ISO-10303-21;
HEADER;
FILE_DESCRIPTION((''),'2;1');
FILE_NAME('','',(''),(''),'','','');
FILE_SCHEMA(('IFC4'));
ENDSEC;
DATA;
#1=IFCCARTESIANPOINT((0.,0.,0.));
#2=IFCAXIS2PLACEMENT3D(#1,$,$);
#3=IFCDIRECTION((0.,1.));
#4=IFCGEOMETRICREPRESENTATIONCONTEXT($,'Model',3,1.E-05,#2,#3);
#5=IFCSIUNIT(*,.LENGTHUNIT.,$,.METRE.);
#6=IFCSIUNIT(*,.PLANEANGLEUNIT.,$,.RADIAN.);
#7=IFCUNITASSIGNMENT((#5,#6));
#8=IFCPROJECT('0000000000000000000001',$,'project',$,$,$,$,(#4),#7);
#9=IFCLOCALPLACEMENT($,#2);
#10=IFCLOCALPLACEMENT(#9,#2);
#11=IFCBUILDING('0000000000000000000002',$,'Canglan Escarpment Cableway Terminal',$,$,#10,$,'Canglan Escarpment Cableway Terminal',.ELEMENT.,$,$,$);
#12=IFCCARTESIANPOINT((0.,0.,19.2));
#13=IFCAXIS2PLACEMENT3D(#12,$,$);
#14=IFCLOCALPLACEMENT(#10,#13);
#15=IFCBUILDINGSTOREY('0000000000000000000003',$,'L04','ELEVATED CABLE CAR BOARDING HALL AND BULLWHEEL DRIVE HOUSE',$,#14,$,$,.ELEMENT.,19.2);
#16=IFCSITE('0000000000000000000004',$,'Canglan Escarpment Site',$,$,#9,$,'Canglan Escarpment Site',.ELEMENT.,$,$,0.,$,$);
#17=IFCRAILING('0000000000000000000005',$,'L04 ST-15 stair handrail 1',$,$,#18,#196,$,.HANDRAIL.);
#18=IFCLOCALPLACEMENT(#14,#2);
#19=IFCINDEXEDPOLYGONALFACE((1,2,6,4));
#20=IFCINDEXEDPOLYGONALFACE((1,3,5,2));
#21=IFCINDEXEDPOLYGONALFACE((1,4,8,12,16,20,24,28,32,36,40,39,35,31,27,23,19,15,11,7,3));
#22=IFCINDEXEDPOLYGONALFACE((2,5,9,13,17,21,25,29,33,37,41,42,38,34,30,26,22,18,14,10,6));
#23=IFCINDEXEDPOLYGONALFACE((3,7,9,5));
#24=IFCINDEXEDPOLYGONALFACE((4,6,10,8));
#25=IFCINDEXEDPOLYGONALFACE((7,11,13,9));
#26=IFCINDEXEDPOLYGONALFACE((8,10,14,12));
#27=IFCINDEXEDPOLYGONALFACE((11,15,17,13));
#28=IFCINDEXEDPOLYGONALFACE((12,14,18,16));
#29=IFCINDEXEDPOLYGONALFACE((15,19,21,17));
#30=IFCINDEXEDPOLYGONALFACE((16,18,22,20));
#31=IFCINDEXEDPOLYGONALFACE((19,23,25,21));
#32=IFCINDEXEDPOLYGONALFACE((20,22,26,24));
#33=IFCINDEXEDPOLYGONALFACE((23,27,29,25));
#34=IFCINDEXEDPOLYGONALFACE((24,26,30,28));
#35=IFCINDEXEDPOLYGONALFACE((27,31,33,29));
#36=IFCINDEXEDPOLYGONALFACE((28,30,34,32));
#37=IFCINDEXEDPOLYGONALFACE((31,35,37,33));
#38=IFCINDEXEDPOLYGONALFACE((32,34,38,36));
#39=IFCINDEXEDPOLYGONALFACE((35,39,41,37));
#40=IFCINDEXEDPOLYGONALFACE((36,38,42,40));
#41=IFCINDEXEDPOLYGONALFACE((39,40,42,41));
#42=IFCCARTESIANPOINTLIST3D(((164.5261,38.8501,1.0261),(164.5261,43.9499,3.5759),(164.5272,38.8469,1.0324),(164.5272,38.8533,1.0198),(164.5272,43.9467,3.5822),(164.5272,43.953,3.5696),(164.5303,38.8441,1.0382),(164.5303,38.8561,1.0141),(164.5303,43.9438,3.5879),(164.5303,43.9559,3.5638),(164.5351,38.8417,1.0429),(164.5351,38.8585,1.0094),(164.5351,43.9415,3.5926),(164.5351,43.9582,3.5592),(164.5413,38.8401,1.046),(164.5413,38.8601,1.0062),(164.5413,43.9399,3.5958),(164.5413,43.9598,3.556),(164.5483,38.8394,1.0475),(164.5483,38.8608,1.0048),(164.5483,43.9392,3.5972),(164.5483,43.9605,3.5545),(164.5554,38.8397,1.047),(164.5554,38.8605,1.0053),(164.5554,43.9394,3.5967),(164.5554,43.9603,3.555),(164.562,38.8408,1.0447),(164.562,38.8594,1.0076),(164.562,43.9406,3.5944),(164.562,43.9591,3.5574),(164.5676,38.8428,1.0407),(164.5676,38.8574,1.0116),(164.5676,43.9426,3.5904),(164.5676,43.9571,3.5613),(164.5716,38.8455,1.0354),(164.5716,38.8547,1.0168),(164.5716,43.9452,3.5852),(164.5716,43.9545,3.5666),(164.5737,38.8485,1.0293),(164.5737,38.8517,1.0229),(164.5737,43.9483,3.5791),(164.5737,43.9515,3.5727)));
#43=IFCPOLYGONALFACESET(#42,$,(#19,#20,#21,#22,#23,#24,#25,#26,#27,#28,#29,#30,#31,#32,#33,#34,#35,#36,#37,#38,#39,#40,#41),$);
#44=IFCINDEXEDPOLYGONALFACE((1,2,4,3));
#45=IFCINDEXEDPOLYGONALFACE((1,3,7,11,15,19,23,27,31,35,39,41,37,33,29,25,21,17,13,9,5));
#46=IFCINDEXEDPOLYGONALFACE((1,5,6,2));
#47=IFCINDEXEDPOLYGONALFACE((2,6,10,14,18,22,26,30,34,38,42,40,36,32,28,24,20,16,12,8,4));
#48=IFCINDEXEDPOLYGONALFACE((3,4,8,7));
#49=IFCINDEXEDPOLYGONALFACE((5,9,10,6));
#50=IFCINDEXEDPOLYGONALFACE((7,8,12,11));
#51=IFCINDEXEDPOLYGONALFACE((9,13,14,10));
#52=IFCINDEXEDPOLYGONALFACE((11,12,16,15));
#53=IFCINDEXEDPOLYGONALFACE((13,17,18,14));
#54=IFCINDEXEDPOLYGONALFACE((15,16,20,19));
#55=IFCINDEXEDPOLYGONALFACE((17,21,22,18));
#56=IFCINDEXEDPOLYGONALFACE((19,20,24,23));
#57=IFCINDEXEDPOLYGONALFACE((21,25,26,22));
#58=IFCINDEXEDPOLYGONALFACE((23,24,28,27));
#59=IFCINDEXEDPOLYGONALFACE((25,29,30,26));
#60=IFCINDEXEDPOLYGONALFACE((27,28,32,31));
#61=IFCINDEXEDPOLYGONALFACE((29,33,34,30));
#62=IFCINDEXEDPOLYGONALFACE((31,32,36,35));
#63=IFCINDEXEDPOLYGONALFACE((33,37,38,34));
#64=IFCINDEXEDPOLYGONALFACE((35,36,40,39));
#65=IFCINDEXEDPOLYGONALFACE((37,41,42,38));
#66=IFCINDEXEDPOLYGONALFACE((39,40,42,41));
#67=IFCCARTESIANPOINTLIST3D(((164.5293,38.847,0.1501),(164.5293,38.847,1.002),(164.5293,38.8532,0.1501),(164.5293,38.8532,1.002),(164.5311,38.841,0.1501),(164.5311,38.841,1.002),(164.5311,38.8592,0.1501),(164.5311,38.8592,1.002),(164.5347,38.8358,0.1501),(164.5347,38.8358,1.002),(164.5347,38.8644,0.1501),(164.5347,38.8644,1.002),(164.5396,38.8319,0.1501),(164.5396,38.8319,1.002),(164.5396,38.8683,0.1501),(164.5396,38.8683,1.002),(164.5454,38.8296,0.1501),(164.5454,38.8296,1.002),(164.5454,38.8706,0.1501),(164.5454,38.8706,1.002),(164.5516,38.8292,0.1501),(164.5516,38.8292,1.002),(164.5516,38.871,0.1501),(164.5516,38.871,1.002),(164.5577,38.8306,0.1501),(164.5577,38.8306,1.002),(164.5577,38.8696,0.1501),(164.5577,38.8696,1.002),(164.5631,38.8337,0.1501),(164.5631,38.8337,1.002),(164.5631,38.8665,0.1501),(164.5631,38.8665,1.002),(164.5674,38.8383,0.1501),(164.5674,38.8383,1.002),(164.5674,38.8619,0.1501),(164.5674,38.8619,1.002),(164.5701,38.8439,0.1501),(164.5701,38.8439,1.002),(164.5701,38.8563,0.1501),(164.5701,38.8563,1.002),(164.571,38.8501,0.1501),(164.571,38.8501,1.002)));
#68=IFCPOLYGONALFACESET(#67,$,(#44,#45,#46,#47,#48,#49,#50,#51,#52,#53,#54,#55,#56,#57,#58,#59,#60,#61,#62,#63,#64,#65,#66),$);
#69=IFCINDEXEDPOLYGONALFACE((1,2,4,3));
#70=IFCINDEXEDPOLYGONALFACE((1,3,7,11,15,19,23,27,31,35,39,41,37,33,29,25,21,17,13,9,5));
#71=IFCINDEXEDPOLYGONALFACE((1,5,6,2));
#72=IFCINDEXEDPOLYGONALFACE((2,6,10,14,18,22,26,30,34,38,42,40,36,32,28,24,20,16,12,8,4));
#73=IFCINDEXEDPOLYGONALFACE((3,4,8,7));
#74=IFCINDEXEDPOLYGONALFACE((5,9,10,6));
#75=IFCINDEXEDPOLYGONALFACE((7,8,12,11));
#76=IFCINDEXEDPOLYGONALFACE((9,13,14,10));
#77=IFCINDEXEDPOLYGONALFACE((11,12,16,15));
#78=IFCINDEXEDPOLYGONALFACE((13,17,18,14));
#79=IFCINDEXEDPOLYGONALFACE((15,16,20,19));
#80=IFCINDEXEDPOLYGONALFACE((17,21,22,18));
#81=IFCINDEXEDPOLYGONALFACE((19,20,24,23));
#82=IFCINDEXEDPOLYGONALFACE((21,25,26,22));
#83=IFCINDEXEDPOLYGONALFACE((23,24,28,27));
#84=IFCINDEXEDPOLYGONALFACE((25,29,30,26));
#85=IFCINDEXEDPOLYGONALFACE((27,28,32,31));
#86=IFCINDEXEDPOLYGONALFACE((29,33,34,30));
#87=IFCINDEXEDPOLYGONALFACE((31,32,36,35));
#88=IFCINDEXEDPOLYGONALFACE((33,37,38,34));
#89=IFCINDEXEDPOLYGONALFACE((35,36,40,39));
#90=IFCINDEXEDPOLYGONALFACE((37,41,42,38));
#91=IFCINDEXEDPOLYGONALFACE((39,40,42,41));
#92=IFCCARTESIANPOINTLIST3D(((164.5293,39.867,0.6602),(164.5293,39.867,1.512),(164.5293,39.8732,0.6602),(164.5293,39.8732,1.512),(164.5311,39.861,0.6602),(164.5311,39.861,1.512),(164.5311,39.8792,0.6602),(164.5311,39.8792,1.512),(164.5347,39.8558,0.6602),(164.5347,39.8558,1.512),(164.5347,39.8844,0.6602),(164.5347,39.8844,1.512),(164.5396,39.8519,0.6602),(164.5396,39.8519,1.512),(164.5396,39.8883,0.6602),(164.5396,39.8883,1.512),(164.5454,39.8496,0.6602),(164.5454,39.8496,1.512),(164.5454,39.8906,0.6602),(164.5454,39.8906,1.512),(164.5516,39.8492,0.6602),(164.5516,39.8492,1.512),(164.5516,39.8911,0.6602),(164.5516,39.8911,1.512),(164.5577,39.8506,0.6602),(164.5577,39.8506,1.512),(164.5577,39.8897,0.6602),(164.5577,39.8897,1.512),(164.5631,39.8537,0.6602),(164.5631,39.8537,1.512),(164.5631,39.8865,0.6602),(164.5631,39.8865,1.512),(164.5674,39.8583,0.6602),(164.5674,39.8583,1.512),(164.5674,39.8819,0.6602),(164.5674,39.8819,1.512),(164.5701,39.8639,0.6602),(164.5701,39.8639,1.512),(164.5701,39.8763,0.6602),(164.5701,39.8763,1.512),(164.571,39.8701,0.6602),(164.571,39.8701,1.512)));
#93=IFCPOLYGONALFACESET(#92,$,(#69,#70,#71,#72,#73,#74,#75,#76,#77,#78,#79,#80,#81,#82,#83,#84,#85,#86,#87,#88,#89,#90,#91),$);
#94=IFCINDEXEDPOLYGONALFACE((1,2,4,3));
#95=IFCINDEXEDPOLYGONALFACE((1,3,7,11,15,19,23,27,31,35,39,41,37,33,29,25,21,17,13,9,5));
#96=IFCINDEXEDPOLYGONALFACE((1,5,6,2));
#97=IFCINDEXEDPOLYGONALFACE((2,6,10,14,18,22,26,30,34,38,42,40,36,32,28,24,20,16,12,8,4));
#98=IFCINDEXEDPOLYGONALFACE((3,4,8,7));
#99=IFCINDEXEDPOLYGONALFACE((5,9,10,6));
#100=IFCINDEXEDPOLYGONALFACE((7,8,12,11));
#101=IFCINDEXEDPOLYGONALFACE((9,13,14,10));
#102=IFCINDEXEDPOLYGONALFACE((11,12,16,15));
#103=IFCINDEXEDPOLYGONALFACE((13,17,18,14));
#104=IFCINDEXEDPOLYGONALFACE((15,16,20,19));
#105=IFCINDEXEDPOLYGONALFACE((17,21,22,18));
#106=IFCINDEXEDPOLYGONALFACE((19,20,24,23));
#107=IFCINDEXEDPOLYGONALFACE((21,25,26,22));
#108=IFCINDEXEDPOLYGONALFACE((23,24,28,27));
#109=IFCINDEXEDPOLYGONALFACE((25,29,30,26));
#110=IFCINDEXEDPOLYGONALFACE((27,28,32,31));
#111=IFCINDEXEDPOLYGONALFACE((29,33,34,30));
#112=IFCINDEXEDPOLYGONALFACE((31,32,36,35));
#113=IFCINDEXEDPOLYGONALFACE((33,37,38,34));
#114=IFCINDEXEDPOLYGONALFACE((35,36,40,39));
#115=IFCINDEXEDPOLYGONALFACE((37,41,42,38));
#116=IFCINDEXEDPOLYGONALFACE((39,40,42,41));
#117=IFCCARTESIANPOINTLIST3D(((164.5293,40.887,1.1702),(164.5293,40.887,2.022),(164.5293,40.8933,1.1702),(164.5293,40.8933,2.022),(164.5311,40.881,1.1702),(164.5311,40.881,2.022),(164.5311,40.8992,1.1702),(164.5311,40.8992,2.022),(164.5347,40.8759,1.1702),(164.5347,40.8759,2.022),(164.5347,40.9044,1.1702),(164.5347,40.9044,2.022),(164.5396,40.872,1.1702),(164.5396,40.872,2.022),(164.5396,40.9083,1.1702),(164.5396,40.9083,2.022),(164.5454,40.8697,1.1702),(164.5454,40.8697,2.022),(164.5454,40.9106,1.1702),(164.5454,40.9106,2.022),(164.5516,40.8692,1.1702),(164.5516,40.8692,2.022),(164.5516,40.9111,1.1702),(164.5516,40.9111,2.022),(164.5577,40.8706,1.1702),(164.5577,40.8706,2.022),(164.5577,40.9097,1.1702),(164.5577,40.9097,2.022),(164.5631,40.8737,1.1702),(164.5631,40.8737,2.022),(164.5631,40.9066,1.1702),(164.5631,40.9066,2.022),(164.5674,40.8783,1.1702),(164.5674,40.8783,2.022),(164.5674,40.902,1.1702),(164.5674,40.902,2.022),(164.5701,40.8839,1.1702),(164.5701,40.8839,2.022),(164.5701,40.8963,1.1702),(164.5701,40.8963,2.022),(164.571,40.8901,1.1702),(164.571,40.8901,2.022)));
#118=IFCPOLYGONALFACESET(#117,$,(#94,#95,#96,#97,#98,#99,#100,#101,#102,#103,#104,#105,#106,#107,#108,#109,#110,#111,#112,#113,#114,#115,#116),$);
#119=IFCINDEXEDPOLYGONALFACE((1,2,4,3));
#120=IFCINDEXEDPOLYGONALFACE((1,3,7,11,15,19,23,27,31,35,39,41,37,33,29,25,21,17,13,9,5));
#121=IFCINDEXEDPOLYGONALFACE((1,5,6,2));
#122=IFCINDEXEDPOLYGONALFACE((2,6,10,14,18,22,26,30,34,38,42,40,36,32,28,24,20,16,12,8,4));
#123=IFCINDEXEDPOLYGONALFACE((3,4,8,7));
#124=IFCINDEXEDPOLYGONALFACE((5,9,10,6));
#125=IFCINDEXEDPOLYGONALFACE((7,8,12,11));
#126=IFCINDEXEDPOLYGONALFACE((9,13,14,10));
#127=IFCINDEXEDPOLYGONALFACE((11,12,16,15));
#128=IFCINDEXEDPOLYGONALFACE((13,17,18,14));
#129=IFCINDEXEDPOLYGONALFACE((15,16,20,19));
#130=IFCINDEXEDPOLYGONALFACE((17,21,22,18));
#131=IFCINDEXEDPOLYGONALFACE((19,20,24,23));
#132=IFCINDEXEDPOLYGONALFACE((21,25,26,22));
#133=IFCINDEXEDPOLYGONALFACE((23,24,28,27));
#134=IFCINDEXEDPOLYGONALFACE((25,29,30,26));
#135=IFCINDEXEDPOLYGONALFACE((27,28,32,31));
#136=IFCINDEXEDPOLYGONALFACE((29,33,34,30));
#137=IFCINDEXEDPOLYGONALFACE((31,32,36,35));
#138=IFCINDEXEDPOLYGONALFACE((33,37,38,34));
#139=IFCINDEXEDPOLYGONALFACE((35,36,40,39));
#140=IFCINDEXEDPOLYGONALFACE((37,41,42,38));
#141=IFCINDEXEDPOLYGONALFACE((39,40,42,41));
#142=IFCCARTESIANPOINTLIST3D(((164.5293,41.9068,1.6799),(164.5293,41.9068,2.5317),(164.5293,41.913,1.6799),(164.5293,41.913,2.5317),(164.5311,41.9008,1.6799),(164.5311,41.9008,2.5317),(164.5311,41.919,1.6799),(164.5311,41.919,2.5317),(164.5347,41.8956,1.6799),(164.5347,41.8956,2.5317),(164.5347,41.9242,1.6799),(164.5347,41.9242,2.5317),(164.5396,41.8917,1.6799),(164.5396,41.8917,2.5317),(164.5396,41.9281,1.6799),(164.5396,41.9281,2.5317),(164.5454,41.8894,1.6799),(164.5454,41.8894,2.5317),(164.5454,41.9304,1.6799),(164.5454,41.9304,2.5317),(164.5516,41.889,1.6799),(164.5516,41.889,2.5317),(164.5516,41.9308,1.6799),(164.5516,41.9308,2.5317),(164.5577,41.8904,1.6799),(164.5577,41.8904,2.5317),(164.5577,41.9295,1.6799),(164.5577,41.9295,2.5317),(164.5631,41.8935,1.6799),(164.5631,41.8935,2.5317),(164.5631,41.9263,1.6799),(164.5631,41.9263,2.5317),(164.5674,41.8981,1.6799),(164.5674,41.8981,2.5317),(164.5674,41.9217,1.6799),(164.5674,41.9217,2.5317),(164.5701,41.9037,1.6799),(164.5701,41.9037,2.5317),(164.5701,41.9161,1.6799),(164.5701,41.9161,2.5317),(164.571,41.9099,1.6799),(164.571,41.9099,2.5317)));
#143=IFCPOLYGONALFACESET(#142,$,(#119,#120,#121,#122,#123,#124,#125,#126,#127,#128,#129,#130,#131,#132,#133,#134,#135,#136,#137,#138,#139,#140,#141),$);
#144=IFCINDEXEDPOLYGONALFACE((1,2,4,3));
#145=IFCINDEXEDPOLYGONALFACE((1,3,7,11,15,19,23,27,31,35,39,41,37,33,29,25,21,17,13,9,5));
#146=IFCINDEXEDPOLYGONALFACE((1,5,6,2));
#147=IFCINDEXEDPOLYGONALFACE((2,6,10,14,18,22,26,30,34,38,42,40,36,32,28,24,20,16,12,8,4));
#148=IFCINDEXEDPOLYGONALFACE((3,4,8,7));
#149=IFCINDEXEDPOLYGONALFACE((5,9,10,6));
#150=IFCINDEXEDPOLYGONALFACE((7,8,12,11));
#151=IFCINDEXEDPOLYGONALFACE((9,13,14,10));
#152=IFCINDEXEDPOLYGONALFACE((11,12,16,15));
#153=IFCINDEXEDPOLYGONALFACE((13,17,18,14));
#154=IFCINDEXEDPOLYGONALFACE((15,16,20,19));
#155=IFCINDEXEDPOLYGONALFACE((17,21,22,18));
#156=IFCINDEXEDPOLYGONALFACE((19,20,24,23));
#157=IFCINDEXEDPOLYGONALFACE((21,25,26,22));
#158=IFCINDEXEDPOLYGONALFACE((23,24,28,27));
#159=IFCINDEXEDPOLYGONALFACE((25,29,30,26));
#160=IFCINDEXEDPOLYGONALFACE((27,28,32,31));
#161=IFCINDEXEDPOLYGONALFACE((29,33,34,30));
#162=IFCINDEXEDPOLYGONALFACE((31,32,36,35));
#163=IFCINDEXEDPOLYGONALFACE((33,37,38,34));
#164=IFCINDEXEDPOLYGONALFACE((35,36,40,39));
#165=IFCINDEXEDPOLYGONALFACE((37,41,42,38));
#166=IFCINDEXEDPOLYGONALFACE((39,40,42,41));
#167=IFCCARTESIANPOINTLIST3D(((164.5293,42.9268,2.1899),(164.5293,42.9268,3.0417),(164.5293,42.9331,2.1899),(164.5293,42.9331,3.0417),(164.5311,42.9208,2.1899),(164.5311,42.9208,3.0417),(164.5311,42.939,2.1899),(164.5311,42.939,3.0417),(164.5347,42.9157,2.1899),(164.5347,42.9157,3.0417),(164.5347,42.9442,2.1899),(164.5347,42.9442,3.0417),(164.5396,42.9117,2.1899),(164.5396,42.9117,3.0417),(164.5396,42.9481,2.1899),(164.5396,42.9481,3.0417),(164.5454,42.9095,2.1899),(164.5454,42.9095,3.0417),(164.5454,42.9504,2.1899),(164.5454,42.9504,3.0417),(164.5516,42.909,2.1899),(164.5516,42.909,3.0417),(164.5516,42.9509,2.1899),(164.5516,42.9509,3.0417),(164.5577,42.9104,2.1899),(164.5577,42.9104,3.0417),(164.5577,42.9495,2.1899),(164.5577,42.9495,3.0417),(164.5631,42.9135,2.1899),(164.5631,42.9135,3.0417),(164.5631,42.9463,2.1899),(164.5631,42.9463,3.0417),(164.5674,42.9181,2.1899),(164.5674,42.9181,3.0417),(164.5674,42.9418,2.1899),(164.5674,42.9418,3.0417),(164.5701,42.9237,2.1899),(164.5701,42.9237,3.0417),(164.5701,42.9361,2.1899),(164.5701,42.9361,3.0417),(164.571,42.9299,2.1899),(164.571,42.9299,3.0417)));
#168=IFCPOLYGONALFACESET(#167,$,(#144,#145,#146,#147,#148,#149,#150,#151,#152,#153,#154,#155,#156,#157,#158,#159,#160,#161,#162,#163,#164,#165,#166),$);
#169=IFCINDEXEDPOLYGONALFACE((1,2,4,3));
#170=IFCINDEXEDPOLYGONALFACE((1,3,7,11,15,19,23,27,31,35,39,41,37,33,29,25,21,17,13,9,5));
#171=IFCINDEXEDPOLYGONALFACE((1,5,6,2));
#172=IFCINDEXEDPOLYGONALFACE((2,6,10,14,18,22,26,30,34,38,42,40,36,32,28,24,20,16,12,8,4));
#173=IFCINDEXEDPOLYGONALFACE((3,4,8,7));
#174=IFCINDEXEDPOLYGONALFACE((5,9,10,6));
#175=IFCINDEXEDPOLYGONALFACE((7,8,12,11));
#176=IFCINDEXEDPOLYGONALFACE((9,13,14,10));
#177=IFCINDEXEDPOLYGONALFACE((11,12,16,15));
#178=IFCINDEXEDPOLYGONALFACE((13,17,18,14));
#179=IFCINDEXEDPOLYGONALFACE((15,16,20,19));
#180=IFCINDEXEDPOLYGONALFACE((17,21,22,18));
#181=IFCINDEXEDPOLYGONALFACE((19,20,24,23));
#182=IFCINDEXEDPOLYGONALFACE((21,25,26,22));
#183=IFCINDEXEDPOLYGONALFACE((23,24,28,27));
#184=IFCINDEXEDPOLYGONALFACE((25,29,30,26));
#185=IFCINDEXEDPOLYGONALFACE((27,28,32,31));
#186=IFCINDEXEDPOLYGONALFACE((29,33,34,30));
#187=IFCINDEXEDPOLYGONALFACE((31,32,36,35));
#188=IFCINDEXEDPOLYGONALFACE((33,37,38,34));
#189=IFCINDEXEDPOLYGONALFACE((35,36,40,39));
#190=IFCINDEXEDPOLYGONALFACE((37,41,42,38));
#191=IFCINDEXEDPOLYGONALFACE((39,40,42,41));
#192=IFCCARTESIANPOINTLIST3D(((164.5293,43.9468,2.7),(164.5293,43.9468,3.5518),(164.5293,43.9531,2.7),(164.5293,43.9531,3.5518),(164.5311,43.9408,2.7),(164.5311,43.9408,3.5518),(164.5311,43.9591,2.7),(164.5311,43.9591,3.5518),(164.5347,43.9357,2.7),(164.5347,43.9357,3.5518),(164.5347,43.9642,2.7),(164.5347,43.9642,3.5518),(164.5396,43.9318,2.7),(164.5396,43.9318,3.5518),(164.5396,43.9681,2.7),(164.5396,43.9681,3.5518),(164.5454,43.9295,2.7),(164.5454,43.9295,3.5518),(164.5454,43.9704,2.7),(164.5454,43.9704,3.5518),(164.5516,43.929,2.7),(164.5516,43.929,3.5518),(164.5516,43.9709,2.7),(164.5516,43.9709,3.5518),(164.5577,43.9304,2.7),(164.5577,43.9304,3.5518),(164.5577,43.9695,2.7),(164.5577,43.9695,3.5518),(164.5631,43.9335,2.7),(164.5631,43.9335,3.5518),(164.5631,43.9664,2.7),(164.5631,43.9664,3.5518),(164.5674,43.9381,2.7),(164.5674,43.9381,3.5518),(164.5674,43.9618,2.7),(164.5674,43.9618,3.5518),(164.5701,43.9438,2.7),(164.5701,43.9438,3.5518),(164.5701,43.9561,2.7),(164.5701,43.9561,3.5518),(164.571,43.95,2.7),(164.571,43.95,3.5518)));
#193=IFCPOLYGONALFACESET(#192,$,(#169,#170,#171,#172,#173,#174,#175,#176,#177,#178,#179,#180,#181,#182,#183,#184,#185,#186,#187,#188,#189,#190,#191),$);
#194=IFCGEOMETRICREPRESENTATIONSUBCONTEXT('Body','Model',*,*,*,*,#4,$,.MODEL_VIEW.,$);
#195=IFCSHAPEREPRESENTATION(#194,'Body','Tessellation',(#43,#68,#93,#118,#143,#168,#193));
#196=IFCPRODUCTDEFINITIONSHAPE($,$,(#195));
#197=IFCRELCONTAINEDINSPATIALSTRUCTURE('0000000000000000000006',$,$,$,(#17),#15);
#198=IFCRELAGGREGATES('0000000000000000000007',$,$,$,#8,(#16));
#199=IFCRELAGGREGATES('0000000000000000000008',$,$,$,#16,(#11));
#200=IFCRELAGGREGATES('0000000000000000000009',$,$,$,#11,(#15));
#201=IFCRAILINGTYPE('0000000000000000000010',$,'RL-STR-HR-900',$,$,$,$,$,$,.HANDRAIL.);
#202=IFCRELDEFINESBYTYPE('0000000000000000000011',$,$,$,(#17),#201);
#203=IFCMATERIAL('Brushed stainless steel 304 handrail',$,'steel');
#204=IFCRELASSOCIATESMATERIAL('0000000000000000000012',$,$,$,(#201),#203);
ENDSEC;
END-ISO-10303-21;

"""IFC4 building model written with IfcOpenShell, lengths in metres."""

from ifc_helpers import new_model, si_unit, direction, frame, origin, origin_2d, place, context, subcontext, project, spatial, circle, extrude, material, type_object, element, save


model = new_model("IFC4")

# Units and contexts
model_context = context("Model", 3, precision=1e-05, world=origin(), true_north=direction((0.0, 1.0)))
body_context = subcontext(model_context, "Body", "Model", "MODEL_VIEW")
ifc_project = project(units=[si_unit("LENGTHUNIT", "METRE"), si_unit("PLANEANGLEUNIT", "RADIAN")], contexts=[model_context])

# Site, building, storey
site_placement = place(None, origin())
site = spatial("IfcSite", under=ifc_project, at=site_placement, Name="Canglan Escarpment Site", LongName="Canglan Escarpment Site", CompositionType="ELEMENT", RefElevation=0.0)
building_placement = place(site_placement, origin())
building = spatial("IfcBuilding", under=site, at=building_placement, Name="Canglan Escarpment Cableway Terminal", LongName="Canglan Escarpment Cableway Terminal", CompositionType="ELEMENT")
storey_placement = place(building_placement, frame((0.0, 0.0, 19.2)))
storey = spatial("IfcBuildingStorey", under=building, at=storey_placement, Name="L04", Description="ELEVATED CABLE CAR BOARDING HALL AND BULLWHEEL DRIVE HOUSE", CompositionType="ELEMENT", Elevation=19.2)

# Railing
ifc_material_1 = material(Name="Brushed stainless steel 304 handrail", Category="steel")
railing_type = type_object("IfcRailingType", Name="RL-STR-HR-900", PredefinedType="HANDRAIL", material=ifc_material_1)
railing_placement = place(storey_placement, frame((164.55, 38.8501, 0.1501)))
element("IfcRailing", 1, at=railing_placement, inside=storey, type_object=railing_type, Name="L04 ST-15 stair handrail 1", PredefinedType="HANDRAIL", context=body_context, shape_type="SweptSolid", body=[
    extrude(circle(Radius=0.0239, at=origin_2d()), frame((0.0, 0.0, 0.876), z_axis=(0.0, 0.894436, 0.447196), x_axis=(-1.0, 0.0, 0.0)), (0.0, 0.0, 1.0), 5.7017),
    extrude(circle(Radius=0.021, at=origin_2d()), origin(), (0.0, 0.0, 1.0), 0.8518),
    extrude(circle(Radius=0.021, at=origin_2d()), frame((0.0, 1.02, 0.51)), (0.0, 0.0, 1.0), 0.8518),
    extrude(circle(Radius=0.021, at=origin_2d()), frame((0.0, 2.04, 1.02)), (0.0, 0.0, 1.0), 0.8518),
    extrude(circle(Radius=0.021, at=origin_2d()), frame((0.0, 3.0598, 1.5298)), (0.0, 0.0, 1.0), 0.8518),
    extrude(circle(Radius=0.021, at=origin_2d()), frame((0.0, 4.0798, 2.0398)), (0.0, 0.0, 1.0), 0.8518),
    extrude(circle(Radius=0.021, at=origin_2d()), frame((0.0, 5.0999, 2.5498)), (0.0, 0.0, 1.0), 0.8518),
])

save(model, "model.ifc")
